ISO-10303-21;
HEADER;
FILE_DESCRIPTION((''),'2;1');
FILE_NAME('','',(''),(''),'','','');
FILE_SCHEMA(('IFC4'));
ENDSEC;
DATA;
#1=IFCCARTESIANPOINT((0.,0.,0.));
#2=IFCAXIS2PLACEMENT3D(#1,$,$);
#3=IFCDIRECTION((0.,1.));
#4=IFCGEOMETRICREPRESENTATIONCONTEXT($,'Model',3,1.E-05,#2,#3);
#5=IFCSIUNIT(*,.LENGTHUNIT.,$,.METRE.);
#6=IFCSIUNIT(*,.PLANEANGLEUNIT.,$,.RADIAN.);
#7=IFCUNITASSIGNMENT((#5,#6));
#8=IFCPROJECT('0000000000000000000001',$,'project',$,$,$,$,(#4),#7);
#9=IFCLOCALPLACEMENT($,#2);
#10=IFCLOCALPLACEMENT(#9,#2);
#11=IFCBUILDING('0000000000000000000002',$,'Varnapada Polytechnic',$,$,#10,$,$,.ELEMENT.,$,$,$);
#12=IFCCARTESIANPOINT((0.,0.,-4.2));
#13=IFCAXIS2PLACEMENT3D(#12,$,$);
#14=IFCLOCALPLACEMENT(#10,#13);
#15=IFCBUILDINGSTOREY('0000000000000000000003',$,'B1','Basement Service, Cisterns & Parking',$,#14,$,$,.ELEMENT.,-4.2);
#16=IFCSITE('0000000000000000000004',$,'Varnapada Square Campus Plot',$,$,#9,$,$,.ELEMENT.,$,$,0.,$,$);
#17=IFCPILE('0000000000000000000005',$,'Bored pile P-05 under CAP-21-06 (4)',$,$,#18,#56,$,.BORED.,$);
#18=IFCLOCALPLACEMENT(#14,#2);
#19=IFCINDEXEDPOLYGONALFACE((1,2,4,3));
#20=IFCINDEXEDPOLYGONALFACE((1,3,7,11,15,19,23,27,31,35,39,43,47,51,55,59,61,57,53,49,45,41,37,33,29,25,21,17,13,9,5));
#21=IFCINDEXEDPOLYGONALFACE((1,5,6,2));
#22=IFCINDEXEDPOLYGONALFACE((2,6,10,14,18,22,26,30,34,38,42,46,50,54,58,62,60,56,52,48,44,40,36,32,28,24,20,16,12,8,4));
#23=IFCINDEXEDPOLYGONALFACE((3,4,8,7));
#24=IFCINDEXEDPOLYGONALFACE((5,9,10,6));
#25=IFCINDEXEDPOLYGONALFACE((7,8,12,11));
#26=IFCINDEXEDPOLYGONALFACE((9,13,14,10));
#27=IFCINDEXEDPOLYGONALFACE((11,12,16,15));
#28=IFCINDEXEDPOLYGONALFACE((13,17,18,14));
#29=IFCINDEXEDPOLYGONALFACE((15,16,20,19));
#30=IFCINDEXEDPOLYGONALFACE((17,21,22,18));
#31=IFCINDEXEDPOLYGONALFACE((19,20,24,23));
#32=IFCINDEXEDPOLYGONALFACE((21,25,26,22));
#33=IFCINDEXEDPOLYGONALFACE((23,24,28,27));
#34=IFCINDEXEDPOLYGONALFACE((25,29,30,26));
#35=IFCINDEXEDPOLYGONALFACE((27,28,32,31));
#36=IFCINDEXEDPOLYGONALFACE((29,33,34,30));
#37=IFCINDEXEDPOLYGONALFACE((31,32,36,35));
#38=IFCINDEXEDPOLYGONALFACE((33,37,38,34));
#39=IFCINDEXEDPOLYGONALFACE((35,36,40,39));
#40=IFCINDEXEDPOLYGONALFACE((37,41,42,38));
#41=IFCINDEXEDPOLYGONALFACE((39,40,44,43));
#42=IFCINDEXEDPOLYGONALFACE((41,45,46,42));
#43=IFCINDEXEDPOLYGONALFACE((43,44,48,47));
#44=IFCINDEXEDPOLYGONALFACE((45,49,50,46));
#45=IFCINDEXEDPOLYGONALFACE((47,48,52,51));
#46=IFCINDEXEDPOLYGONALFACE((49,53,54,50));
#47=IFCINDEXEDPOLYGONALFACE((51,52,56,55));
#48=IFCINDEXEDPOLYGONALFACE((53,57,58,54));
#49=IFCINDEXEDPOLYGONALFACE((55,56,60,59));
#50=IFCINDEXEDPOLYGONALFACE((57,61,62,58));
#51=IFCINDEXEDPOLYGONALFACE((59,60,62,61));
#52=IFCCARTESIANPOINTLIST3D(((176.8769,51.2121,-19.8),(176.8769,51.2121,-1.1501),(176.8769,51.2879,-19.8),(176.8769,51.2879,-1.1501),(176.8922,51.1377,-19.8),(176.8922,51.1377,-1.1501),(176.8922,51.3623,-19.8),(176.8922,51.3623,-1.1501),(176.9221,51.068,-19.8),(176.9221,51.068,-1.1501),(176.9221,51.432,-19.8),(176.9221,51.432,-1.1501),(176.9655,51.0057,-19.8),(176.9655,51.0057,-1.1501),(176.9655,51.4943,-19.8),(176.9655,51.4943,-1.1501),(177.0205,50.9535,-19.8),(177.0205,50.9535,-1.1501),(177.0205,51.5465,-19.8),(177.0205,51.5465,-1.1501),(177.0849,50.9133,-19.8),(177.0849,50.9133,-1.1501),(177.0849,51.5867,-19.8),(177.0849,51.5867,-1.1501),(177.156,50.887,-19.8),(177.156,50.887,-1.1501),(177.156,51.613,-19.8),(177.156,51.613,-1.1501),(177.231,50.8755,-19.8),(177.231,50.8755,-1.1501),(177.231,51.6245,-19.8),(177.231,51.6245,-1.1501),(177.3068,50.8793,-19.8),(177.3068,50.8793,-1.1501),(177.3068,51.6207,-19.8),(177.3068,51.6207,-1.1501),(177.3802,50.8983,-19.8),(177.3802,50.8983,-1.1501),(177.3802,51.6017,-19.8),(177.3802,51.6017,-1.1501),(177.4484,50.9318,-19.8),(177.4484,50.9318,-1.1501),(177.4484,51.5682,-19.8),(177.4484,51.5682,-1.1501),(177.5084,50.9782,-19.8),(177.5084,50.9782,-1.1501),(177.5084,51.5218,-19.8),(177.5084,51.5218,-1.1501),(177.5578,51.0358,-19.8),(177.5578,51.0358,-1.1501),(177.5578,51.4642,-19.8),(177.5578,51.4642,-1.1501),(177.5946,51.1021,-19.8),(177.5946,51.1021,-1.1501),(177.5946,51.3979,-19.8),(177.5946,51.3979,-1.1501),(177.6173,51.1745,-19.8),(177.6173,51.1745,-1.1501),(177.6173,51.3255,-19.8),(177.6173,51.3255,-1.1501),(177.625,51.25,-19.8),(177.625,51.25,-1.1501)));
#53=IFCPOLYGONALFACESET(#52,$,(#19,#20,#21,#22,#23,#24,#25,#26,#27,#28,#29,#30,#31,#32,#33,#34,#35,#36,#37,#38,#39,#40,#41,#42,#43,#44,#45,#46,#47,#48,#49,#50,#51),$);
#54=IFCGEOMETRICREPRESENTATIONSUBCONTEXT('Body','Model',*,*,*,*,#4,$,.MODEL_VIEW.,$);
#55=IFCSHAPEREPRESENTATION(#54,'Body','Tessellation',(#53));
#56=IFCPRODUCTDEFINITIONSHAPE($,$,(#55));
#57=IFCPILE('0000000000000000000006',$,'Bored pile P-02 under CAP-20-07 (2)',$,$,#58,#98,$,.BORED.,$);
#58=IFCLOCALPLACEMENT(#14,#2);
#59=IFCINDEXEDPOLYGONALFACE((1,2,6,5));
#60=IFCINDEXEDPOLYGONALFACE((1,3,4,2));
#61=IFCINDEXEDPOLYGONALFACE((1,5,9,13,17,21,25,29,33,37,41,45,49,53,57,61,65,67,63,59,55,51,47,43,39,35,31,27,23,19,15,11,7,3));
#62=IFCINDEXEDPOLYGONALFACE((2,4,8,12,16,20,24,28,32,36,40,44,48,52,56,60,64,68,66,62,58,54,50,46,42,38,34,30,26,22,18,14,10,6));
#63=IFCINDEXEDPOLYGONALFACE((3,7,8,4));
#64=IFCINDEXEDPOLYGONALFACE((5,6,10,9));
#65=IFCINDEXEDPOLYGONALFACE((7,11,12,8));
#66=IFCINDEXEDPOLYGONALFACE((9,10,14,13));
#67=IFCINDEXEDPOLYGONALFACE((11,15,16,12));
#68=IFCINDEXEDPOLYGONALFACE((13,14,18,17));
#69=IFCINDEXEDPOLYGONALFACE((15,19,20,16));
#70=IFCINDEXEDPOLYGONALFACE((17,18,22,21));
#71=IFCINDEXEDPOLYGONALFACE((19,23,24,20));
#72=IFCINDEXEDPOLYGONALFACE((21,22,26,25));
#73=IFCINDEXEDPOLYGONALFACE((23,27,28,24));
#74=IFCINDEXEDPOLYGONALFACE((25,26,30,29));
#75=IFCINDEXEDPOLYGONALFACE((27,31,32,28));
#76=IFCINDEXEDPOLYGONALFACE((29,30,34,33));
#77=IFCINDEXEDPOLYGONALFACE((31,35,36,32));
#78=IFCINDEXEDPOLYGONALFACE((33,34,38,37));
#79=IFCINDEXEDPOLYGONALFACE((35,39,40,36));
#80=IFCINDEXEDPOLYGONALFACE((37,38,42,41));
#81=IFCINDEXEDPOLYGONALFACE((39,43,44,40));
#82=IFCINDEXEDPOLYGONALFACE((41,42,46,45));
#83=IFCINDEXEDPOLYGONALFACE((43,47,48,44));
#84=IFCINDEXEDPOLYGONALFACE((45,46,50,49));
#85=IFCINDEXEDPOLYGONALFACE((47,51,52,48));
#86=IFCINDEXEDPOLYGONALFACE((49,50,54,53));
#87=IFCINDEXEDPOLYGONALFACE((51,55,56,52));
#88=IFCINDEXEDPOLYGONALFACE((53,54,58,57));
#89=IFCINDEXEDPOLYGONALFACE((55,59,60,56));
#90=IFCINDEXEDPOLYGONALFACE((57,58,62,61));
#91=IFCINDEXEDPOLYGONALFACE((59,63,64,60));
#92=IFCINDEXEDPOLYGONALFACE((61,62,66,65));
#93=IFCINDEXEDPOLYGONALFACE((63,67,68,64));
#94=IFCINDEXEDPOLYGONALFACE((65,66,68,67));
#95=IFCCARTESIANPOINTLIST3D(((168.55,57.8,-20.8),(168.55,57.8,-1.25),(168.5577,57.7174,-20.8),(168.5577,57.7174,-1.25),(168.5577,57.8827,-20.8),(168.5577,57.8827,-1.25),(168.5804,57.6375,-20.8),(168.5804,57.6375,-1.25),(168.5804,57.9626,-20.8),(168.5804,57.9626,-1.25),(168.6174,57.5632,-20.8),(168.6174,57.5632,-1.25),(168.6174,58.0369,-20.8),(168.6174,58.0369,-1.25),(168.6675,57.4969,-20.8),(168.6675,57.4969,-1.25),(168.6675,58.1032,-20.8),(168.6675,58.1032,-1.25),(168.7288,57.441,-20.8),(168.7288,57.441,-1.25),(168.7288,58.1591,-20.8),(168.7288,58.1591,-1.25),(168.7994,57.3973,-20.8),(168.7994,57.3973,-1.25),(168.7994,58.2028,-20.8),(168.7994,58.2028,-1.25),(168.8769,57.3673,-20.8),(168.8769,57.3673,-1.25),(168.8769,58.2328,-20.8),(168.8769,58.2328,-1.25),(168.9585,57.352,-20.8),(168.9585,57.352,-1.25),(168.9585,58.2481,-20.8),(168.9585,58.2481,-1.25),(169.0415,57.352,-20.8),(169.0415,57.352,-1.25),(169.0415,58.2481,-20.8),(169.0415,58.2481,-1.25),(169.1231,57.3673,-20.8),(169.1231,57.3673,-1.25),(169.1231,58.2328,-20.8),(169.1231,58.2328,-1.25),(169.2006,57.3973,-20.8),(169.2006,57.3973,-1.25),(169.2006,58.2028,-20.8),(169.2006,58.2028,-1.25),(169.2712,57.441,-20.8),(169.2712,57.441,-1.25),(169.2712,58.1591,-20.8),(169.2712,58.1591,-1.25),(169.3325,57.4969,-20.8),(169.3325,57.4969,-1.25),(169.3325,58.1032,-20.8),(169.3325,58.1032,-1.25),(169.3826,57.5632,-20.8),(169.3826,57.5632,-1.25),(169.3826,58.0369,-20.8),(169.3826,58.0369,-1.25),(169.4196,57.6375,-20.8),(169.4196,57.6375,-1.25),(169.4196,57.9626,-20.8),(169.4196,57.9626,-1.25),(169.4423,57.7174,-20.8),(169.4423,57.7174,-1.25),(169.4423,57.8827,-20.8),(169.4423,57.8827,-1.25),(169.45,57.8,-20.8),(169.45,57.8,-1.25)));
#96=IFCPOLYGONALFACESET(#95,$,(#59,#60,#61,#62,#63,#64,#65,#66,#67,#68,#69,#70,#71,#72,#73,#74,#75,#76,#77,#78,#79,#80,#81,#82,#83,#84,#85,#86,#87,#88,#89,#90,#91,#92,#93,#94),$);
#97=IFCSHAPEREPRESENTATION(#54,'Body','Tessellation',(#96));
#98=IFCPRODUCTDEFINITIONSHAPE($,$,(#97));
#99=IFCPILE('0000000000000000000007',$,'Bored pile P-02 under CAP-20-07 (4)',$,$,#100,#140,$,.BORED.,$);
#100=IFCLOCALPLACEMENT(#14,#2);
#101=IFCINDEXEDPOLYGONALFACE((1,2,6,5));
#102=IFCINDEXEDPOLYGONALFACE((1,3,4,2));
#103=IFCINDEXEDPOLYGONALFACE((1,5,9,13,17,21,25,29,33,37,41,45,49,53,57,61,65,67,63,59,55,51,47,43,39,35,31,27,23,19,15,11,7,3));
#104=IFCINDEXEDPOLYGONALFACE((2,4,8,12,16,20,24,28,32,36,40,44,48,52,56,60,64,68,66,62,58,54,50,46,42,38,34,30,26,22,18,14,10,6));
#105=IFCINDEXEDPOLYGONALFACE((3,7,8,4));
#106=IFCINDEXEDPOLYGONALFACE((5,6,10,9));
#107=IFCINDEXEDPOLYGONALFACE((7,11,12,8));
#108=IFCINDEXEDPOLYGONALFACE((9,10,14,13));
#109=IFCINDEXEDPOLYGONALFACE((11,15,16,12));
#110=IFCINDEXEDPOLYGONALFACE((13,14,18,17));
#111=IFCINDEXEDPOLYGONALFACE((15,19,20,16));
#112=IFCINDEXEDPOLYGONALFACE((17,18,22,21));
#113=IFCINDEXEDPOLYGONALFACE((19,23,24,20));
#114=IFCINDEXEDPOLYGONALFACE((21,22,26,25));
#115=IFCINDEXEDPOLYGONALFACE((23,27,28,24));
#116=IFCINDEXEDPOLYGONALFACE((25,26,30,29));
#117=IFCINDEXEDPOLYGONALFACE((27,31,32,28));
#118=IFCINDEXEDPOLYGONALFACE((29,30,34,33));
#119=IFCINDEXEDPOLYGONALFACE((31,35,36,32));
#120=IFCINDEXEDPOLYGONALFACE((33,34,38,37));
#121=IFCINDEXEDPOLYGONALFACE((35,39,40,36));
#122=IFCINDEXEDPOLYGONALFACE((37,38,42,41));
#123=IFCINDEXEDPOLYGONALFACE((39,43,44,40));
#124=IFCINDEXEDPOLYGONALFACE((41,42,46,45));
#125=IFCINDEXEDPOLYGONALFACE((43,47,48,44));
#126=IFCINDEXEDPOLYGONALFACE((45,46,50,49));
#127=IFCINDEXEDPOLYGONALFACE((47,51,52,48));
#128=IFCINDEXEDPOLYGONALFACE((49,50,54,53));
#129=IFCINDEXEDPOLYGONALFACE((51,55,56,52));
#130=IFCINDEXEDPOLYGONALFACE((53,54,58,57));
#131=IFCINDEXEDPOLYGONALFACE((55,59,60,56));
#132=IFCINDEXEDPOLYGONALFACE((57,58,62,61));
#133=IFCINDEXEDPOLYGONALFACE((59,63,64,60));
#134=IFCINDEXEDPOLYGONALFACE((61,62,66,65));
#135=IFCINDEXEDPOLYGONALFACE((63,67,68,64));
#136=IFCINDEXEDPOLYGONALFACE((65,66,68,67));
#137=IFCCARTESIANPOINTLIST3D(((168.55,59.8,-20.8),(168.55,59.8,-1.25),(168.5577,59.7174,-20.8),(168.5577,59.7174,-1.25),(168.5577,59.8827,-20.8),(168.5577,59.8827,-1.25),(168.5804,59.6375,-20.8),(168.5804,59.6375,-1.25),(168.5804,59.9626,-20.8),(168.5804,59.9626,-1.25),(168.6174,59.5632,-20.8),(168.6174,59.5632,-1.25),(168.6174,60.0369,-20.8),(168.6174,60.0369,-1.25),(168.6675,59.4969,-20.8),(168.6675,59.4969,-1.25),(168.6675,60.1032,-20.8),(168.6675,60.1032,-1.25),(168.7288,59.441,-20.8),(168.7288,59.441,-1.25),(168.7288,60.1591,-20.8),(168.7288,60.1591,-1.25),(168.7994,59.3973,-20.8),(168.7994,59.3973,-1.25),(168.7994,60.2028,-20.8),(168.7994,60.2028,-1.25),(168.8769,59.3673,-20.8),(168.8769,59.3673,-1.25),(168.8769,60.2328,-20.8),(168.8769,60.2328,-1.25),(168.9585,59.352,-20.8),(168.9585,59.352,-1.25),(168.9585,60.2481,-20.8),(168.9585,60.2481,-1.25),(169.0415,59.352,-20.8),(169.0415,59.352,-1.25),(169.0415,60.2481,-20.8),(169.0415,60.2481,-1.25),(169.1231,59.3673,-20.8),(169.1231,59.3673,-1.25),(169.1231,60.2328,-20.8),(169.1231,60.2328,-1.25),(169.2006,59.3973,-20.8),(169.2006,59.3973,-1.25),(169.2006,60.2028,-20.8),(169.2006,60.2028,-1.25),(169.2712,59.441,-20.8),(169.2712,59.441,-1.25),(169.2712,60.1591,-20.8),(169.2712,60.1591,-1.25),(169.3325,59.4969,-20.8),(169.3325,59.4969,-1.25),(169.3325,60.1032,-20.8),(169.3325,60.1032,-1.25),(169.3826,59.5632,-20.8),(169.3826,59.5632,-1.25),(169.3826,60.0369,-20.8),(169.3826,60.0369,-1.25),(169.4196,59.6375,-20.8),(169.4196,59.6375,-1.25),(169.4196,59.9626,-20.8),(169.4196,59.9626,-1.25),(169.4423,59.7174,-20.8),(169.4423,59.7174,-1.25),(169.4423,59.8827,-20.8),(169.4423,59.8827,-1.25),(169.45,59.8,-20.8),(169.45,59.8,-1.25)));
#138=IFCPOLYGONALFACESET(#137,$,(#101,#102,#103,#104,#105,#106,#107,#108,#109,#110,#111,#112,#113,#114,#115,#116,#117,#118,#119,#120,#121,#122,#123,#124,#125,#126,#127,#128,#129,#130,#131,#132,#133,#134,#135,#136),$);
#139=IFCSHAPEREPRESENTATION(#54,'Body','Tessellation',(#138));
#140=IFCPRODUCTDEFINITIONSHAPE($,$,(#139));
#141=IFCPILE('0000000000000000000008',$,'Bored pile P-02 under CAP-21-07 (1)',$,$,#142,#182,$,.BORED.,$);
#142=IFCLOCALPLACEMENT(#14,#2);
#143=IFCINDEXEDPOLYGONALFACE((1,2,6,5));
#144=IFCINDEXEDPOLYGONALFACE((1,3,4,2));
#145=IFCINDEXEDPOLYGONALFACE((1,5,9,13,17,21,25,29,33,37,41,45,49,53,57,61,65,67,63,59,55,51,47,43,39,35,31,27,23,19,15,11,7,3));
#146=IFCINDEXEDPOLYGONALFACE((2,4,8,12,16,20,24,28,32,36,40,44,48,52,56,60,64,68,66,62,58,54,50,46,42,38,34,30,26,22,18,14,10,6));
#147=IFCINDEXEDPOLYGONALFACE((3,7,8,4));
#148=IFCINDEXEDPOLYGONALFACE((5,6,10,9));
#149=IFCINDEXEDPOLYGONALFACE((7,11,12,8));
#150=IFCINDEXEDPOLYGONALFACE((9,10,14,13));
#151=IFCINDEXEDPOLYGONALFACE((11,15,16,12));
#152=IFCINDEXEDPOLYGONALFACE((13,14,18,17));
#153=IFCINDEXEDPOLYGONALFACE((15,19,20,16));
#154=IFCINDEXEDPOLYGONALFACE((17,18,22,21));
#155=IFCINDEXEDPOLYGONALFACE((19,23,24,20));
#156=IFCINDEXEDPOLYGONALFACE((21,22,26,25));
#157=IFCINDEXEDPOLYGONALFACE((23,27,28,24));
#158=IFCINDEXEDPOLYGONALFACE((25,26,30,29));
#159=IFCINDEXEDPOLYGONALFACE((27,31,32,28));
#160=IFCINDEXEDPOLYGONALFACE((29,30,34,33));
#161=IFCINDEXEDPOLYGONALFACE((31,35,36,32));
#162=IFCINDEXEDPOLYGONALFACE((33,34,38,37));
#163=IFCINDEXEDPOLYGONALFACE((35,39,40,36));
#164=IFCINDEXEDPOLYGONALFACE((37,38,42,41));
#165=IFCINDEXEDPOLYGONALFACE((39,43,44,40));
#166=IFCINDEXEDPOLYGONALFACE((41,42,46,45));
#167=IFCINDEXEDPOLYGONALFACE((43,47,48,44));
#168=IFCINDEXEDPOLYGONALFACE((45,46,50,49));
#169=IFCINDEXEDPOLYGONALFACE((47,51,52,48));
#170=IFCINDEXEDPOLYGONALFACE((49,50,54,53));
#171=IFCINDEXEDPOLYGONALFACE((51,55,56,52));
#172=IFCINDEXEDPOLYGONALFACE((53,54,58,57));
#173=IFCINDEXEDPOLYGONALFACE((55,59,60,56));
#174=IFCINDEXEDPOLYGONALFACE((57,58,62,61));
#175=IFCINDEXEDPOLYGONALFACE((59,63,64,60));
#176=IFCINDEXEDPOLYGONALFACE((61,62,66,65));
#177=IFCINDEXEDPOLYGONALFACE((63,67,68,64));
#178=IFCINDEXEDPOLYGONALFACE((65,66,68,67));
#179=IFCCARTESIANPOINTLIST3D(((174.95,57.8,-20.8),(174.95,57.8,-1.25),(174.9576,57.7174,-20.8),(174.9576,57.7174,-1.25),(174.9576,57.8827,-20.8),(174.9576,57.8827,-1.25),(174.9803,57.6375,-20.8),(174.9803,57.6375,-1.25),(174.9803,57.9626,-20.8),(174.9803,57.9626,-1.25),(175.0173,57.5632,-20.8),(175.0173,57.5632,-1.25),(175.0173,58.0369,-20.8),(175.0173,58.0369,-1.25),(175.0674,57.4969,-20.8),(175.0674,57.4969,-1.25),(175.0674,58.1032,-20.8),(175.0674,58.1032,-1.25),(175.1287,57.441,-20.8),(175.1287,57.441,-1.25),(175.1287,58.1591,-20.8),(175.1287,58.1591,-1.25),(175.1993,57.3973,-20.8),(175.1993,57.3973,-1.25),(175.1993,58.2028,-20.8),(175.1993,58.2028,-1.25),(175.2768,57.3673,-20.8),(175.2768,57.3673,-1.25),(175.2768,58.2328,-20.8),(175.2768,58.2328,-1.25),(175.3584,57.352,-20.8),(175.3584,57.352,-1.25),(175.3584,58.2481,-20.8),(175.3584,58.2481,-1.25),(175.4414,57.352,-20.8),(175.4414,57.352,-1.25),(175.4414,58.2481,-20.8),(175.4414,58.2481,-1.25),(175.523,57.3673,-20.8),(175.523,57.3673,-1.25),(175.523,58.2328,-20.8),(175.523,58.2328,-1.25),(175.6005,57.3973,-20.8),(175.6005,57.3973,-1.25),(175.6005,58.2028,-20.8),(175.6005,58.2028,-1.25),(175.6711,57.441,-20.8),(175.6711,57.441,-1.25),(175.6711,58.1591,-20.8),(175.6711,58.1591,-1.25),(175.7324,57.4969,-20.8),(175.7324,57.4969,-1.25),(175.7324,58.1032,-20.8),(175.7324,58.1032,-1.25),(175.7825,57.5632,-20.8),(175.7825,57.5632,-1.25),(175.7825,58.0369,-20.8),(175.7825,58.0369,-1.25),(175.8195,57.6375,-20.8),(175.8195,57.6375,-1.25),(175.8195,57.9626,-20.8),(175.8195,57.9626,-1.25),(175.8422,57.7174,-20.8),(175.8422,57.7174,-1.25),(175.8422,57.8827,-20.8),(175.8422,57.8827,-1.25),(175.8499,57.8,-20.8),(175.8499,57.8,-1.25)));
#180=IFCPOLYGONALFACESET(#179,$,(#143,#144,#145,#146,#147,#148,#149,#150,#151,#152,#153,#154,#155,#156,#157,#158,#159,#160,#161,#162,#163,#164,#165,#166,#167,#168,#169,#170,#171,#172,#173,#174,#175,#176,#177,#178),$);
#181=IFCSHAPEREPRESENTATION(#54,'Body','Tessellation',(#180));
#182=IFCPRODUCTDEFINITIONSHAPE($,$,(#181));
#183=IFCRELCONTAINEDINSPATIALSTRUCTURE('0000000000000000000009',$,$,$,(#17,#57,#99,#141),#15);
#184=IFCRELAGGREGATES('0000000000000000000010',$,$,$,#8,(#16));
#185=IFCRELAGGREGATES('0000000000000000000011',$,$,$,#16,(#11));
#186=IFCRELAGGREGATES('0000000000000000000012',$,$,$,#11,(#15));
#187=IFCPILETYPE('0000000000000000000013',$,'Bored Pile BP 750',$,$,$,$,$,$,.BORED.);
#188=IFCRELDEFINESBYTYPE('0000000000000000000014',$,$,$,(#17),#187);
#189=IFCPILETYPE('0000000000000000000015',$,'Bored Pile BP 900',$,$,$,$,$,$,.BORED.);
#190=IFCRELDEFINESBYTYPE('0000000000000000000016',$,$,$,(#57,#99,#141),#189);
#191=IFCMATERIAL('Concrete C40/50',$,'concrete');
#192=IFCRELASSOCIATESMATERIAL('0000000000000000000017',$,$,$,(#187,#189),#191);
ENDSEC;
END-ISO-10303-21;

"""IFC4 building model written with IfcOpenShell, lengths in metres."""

from ifc_helpers import new_model, si_unit, direction, frame, origin, origin_2d, place, context, subcontext, project, spatial, circle, extrude, material, material_profile, profile_set, type_object, element, save


model = new_model("IFC4")

# Units and contexts
model_context = context("Model", 3, precision=1e-05, world=origin(), true_north=direction((0.0, 1.0)))
body_context = subcontext(model_context, "Body", "Model", "MODEL_VIEW")
ifc_project = project(units=[si_unit("LENGTHUNIT", "METRE"), si_unit("PLANEANGLEUNIT", "RADIAN")], contexts=[model_context])

# Site, building, storey
site_placement = place(None, origin())
site = spatial("IfcSite", under=ifc_project, at=site_placement, Name="Varnapada Square Campus Plot", CompositionType="ELEMENT", RefElevation=0.0)
building_placement = place(site_placement, origin())
building = spatial("IfcBuilding", under=site, at=building_placement, Name="Varnapada Polytechnic", CompositionType="ELEMENT")
storey_placement = place(building_placement, frame((0.0, 0.0, -4.2)))
storey = spatial("IfcBuildingStorey", under=building, at=storey_placement, Name="B1", Description="Basement Service, Cisterns & Parking", CompositionType="ELEMENT", Elevation=-4.2)

# Piles
ifc_material = material(Name="Concrete C40/50", Category="concrete")
ifc_material_profile_1 = material_profile(ifc_material, circle(Radius=0.375, at=origin_2d()), Name="BP 750")
ifc_profile_set_1 = profile_set([ifc_material_profile_1], Name="Concrete C40/50")
pile_type_1 = type_object("IfcPileType", Name="Bored Pile BP 750", PredefinedType="BORED", material=ifc_profile_set_1)
for number, where, z_axis, x_axis, name in (
    (1, (177.25, 51.25, -1.1501), (0.0, 0.0, -1.0), (1.0, 0.0, 0.0), "Bored pile P-05 under CAP-21-06 (4)"),
):
    element("IfcPile", number, at=place(storey_placement, frame(where, z_axis=z_axis, x_axis=x_axis)), inside=storey, type_object=pile_type_1, Name=name, PredefinedType="BORED", context=body_context, shape_type="SweptSolid", body=[
        extrude(circle(Radius=0.375, at=origin_2d()), origin(), (0.0, 0.0, 1.0), 18.6499),
    ])
ifc_material_profile_2 = material_profile(ifc_material, circle(Radius=0.45, at=origin_2d()), Name="BP 900")
ifc_profile_set_2 = profile_set([ifc_material_profile_2], Name="Concrete C40/50")
pile_type_2 = type_object("IfcPileType", Name="Bored Pile BP 900", PredefinedType="BORED", material=ifc_profile_set_2)
for number, where, z_axis, x_axis, name in (
    (2, (169.0, 57.8, -1.25), (0.0, 0.0, -1.0), (1.0, 0.0, 0.0), "Bored pile P-02 under CAP-20-07 (2)"),
    (3, (169.0, 59.8, -1.25), (0.0, 0.0, -1.0), (1.0, 0.0, 0.0), "Bored pile P-02 under CAP-20-07 (4)"),
    (4, (175.3999, 57.8, -1.25), (0.0, 0.0, -1.0), (1.0, 0.0, 0.0), "Bored pile P-02 under CAP-21-07 (1)"),
):
    element("IfcPile", number, at=place(storey_placement, frame(where, z_axis=z_axis, x_axis=x_axis)), inside=storey, type_object=pile_type_2, Name=name, PredefinedType="BORED", context=body_context, shape_type="SweptSolid", body=[
        extrude(circle(Radius=0.45, at=origin_2d()), origin(), (0.0, 0.0, 1.0), 19.55),
    ])

save(model, "model.ifc")
